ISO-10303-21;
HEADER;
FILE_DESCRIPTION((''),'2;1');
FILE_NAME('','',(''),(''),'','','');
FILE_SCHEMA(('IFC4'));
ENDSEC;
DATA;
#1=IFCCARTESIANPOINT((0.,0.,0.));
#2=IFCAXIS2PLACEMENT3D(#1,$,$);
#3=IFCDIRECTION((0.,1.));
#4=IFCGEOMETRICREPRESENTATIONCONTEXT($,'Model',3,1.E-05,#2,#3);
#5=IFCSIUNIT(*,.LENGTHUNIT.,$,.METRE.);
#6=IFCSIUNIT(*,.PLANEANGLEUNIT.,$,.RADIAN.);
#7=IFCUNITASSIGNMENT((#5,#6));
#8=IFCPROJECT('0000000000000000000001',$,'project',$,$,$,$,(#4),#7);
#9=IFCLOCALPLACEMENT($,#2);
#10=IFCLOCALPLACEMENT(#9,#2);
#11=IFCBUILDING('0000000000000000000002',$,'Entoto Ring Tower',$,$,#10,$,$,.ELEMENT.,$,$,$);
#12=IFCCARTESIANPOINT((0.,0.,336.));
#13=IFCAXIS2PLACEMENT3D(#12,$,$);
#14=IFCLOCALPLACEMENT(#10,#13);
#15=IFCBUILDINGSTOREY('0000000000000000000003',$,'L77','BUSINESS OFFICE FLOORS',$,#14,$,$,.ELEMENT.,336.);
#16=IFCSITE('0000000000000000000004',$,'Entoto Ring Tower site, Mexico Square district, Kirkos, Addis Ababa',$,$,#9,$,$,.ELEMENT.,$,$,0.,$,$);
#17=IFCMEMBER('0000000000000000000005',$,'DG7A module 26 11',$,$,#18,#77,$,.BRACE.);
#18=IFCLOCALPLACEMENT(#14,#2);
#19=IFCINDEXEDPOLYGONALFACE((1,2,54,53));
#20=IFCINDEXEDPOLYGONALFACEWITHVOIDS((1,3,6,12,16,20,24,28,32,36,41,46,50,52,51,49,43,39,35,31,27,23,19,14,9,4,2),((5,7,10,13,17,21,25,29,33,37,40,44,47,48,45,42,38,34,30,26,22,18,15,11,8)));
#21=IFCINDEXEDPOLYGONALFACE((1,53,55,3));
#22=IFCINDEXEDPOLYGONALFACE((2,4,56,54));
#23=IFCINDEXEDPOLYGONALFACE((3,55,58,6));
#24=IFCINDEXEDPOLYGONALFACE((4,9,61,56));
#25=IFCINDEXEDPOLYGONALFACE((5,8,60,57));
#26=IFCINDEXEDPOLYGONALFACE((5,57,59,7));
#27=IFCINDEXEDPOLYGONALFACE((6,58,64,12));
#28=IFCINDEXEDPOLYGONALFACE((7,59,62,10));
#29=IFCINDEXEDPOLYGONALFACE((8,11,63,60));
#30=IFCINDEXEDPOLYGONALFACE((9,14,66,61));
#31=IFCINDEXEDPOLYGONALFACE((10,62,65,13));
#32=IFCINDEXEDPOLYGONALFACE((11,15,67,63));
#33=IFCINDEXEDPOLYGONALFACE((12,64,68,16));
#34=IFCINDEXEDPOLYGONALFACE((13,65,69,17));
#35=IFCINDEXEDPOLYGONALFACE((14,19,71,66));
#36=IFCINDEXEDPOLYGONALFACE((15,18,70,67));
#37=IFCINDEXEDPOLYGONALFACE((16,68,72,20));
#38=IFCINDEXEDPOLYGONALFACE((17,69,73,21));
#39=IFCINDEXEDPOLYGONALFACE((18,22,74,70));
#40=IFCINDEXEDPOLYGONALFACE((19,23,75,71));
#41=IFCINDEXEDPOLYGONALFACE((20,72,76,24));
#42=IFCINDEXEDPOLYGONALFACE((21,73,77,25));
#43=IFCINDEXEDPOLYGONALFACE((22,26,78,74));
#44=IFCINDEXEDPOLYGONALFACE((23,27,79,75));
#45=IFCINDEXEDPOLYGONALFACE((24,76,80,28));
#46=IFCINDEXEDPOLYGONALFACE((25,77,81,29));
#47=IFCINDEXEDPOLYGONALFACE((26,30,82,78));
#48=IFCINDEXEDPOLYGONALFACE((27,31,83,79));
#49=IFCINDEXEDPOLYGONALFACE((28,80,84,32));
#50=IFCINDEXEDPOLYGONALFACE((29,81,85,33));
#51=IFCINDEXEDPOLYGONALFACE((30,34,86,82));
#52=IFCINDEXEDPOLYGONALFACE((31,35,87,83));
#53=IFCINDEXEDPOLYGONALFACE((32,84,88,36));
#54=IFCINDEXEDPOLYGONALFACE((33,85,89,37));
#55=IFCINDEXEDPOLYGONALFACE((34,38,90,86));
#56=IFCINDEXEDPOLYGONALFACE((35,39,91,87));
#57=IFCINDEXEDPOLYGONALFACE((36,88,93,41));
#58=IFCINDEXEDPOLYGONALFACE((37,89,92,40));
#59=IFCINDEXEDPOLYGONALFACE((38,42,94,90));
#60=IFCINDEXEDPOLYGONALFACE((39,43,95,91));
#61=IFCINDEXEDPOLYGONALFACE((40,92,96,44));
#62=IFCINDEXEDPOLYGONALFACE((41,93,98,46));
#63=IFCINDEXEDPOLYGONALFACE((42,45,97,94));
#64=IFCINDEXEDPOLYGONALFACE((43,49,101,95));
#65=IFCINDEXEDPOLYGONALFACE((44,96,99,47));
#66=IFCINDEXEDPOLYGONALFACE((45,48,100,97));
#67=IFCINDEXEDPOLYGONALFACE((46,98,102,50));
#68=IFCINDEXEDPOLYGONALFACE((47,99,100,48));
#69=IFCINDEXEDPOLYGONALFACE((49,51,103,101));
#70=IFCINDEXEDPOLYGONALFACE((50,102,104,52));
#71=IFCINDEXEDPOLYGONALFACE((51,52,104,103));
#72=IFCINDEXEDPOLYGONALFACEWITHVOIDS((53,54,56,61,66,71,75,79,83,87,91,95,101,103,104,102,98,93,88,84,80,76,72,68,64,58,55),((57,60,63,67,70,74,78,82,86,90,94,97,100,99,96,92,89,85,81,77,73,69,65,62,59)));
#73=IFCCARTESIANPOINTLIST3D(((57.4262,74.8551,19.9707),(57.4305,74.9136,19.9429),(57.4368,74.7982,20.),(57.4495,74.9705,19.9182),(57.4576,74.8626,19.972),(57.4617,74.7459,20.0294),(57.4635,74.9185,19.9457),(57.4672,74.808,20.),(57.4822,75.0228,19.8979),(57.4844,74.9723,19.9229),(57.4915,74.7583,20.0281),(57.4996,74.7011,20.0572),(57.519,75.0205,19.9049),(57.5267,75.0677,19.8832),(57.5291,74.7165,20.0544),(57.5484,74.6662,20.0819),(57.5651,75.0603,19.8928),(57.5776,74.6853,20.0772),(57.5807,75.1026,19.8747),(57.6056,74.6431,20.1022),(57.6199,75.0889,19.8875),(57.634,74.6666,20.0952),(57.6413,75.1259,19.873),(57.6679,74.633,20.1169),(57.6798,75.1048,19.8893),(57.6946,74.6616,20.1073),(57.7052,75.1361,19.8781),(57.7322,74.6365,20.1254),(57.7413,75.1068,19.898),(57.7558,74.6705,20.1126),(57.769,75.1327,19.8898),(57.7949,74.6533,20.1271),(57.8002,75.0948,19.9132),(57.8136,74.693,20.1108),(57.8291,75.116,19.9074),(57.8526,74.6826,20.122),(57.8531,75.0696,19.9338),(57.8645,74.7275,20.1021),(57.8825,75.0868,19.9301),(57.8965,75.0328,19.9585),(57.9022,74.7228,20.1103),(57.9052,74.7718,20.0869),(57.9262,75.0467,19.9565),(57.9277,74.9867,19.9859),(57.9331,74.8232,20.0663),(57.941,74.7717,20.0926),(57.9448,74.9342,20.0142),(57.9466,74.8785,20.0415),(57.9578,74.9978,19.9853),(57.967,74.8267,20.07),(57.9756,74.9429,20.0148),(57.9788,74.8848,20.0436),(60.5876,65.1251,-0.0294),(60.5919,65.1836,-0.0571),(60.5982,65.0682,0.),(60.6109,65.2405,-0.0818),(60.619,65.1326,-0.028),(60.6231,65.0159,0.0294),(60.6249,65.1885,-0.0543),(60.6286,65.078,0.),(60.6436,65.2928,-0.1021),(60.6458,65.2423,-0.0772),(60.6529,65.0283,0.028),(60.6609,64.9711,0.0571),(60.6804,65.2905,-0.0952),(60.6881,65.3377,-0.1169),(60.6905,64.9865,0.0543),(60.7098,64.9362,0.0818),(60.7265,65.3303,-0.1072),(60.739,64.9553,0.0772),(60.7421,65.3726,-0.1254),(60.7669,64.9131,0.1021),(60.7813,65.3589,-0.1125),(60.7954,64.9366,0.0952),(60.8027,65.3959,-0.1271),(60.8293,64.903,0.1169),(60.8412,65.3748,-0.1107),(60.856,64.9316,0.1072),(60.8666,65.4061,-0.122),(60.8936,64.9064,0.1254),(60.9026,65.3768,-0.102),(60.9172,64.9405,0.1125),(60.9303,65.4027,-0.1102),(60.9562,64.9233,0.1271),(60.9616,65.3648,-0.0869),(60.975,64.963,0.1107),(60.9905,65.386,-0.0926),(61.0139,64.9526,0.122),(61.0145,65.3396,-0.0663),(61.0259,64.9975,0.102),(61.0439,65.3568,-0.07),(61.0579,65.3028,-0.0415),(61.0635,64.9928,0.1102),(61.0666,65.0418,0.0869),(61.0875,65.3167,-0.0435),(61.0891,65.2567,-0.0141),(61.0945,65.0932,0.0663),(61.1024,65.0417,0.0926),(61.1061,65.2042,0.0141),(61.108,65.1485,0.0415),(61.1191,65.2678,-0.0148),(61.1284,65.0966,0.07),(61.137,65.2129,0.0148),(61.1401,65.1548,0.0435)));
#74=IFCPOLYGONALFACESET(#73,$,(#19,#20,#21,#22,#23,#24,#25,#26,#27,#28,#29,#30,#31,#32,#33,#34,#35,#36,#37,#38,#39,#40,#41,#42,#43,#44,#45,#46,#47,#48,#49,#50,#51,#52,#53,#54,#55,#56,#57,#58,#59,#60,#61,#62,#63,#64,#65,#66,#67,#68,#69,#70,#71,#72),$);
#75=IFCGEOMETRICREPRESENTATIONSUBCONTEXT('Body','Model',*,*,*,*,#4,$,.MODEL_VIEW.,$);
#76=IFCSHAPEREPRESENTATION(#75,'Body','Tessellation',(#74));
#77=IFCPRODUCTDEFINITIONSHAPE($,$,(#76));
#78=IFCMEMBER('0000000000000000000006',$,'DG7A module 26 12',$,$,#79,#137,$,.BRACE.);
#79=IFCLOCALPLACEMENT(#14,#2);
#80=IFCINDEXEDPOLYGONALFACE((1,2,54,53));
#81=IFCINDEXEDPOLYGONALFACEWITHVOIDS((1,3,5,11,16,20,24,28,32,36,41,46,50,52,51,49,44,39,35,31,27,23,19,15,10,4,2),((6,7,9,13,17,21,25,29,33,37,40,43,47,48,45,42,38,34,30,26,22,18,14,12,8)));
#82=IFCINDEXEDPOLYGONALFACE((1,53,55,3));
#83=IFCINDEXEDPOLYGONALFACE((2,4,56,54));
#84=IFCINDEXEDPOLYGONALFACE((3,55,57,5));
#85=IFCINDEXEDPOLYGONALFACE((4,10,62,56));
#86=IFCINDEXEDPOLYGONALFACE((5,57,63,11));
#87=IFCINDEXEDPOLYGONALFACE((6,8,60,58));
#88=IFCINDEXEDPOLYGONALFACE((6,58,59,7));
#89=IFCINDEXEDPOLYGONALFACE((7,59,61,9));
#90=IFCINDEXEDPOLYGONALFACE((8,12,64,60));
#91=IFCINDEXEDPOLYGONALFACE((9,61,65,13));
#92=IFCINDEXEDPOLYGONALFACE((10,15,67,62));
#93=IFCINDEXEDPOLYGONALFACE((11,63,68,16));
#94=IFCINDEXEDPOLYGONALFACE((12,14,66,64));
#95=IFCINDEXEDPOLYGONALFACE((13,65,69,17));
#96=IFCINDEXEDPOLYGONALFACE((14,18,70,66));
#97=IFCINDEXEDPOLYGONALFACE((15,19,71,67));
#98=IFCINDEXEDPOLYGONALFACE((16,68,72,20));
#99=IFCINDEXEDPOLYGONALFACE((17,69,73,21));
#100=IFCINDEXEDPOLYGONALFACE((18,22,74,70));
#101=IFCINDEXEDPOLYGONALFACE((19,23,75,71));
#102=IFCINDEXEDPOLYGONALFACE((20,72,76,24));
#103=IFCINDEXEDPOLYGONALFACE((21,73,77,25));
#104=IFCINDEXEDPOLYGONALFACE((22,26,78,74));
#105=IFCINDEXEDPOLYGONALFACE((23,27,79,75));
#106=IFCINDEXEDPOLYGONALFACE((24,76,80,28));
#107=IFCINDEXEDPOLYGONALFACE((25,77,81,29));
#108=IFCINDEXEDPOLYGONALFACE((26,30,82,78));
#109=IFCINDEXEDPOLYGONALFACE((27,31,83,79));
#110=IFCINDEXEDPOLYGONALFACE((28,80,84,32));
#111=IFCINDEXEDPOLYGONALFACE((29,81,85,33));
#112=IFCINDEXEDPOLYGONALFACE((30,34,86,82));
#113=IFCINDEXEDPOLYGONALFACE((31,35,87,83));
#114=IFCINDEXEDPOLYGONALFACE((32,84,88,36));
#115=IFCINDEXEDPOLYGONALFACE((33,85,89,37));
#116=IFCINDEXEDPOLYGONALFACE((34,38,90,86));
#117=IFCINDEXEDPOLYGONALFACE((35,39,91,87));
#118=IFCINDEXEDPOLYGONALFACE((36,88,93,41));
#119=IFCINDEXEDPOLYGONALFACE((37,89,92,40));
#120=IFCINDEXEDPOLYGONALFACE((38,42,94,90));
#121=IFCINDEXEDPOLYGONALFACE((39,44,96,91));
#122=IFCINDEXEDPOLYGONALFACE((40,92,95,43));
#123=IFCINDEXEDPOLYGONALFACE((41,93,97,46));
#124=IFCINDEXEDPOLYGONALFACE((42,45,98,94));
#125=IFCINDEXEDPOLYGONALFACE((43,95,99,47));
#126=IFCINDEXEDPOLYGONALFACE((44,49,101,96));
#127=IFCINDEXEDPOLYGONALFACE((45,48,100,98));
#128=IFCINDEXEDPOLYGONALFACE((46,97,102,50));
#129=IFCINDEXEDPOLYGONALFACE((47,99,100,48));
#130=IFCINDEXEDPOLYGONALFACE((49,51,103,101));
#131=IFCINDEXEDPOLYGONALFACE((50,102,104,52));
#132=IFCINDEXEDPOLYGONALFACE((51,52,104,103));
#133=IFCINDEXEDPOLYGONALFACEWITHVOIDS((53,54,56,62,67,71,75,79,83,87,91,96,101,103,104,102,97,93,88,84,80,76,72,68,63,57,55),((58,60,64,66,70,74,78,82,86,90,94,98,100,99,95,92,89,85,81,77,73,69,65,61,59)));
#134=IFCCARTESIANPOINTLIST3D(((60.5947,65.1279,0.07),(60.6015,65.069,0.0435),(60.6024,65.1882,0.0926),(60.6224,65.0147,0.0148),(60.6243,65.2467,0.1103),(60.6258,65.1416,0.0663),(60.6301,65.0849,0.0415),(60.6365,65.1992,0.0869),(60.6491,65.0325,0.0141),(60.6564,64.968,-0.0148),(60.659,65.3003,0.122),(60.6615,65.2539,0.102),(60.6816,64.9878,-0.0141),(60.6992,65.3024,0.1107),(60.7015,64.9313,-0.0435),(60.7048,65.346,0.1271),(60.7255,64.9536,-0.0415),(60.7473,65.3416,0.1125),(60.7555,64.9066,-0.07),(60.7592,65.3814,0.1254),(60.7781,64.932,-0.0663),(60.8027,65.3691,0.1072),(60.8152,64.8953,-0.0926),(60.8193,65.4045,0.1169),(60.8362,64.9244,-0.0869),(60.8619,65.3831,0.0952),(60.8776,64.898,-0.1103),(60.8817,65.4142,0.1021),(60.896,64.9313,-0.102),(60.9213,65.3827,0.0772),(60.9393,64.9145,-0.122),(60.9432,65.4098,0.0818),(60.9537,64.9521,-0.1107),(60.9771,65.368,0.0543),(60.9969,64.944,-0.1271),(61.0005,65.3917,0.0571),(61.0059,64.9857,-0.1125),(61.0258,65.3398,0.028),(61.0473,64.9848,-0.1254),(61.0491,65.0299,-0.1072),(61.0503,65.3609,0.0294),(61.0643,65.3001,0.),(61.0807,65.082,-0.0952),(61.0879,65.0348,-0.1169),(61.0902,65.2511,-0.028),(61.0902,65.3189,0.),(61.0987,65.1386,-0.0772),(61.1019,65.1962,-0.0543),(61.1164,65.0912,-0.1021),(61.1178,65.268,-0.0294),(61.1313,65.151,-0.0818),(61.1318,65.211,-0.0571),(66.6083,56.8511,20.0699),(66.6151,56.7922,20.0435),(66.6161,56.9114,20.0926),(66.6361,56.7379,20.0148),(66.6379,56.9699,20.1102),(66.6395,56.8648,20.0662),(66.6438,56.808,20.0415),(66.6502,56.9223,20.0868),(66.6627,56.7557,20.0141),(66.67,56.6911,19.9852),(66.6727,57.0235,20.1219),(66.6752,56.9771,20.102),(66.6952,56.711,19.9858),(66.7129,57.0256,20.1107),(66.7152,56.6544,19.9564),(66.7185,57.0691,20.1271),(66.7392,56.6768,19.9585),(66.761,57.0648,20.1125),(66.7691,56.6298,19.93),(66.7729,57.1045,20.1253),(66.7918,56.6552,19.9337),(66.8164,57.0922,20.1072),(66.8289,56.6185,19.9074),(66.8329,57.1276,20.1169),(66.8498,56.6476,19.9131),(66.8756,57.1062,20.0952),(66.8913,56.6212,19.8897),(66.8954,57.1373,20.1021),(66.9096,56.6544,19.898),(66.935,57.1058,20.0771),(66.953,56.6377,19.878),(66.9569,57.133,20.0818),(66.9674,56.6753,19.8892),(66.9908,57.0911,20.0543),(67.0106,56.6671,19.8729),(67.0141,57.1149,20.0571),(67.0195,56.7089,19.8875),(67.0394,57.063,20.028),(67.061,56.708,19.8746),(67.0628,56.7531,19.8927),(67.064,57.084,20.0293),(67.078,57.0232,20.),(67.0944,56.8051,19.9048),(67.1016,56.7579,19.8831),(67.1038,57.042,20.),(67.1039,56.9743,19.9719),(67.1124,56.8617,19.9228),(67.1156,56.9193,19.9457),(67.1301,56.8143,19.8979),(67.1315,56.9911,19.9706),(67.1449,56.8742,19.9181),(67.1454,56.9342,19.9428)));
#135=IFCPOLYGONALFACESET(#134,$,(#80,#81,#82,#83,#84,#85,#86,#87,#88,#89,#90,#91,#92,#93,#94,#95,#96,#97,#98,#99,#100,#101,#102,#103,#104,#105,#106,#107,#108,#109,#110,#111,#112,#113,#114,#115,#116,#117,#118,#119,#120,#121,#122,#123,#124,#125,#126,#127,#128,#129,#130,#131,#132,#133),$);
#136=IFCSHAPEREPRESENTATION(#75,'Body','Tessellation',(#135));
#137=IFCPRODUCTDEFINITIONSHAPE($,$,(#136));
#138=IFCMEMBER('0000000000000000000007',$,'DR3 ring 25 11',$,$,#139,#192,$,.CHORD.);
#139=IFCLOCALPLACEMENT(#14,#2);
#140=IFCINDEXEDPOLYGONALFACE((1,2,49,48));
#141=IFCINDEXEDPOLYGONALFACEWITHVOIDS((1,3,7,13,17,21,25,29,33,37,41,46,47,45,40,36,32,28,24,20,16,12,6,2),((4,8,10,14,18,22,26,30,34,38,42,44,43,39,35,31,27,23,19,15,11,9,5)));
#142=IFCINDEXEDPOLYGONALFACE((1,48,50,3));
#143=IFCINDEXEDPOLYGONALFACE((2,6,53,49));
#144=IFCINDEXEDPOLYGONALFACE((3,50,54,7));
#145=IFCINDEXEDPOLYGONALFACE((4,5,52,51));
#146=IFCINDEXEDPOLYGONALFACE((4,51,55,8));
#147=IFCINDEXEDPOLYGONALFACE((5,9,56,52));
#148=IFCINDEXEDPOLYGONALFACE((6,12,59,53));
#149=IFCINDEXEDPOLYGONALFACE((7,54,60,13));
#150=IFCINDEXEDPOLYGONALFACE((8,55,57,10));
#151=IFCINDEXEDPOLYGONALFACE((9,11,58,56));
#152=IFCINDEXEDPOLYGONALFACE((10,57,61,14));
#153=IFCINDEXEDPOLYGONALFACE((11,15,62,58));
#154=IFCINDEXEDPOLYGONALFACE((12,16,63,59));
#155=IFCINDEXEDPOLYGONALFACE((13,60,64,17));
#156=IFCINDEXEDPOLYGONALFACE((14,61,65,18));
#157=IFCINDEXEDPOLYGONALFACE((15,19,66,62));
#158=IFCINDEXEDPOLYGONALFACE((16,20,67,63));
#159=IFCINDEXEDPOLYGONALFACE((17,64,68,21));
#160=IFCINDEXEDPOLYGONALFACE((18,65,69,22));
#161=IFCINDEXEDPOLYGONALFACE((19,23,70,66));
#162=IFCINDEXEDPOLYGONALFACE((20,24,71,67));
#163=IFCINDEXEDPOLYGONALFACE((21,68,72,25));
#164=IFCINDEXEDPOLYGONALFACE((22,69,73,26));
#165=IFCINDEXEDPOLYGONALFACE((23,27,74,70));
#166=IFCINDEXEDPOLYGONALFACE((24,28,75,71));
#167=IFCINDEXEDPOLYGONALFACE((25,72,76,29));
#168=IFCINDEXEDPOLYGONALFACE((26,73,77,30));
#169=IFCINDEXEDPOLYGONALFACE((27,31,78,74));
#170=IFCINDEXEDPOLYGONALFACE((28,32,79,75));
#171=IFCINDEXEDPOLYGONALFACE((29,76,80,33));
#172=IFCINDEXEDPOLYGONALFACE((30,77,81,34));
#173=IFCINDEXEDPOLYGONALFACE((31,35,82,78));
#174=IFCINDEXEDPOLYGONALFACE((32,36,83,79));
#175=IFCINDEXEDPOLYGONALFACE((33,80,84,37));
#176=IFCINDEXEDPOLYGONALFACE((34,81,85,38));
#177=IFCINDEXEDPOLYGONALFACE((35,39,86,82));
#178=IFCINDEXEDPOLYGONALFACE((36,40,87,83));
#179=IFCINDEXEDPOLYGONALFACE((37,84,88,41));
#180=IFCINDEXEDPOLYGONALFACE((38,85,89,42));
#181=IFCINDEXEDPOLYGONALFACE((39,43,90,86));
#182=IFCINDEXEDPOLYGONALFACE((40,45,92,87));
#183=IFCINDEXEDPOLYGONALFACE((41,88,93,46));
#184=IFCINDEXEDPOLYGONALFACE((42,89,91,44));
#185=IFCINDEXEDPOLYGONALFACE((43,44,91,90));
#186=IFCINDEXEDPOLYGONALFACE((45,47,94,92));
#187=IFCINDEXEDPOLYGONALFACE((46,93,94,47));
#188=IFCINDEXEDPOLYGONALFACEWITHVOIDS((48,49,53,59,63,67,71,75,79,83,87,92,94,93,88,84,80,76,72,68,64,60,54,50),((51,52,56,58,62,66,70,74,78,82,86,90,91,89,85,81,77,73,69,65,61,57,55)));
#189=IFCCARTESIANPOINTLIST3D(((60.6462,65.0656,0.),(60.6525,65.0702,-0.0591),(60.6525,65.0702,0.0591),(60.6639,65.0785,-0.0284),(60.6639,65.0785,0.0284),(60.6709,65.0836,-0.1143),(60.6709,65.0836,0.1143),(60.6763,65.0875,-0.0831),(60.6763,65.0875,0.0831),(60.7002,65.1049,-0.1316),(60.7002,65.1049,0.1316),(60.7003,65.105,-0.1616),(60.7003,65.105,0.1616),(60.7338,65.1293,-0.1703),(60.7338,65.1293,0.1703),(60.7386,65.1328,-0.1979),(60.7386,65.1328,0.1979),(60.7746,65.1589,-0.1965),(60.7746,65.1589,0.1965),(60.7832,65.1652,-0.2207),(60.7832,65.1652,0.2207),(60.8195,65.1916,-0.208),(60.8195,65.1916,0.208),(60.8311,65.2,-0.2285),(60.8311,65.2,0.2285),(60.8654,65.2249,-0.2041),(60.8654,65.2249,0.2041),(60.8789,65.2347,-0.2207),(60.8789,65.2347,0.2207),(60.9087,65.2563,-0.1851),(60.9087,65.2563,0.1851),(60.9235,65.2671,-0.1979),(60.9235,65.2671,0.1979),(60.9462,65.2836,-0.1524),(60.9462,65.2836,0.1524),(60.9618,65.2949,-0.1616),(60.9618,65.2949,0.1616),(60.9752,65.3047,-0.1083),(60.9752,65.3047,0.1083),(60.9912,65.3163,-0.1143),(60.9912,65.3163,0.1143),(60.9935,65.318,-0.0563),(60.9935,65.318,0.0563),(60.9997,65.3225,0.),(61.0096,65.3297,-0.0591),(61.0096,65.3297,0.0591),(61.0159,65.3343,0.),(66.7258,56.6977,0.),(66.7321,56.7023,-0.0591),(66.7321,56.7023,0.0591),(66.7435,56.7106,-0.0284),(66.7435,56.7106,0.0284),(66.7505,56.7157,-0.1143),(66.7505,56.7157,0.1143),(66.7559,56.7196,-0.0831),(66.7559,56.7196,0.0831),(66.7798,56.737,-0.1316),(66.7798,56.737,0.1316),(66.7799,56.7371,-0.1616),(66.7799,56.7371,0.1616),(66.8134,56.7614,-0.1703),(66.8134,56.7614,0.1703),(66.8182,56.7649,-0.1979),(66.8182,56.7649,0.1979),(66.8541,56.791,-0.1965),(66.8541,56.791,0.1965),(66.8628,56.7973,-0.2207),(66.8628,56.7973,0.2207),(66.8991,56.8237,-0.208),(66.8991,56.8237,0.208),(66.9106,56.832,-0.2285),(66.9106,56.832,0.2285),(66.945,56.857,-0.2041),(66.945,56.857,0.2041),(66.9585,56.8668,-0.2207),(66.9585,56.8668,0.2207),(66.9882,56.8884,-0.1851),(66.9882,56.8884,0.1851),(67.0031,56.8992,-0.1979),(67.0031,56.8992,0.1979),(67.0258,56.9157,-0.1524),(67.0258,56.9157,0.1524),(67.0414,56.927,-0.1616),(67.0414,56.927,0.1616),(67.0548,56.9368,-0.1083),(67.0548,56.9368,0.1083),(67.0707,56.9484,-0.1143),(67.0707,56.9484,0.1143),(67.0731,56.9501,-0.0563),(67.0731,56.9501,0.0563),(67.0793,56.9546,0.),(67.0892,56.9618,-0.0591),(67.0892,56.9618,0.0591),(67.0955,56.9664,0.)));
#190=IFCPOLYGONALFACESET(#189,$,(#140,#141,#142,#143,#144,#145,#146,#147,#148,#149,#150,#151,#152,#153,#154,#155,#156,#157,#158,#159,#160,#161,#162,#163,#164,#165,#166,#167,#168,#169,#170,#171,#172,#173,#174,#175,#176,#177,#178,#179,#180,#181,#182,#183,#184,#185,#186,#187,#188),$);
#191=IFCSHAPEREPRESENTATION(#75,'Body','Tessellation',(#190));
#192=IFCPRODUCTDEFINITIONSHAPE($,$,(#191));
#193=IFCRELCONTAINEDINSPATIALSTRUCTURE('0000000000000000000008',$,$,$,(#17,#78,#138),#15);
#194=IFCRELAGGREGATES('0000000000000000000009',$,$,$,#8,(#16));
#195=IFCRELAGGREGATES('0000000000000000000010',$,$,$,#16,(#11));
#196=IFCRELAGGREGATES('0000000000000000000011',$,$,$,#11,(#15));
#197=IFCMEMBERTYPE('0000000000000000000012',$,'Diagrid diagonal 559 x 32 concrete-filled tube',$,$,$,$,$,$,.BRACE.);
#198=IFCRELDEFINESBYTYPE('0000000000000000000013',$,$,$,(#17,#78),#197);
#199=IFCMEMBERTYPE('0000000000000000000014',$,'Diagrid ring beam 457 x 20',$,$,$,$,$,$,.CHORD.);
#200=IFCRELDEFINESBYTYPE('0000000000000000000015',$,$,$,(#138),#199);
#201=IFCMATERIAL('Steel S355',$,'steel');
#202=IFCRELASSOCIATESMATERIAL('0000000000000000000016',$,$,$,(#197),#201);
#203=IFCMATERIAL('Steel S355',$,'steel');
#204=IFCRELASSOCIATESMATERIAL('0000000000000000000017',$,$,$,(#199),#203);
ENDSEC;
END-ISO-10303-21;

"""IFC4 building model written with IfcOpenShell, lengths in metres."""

from ifc_helpers import new_model, si_unit, direction, frame, origin, origin_2d, place, context, subcontext, project, spatial, circle, hollow_circle, extrude, material, material_profile, profile_set, type_object, element, save


model = new_model("IFC4")

# Units and contexts
model_context = context("Model", 3, precision=1e-05, world=origin(), true_north=direction((0.0, 1.0)))
body_context = subcontext(model_context, "Body", "Model", "MODEL_VIEW")
ifc_project = project(units=[si_unit("LENGTHUNIT", "METRE"), si_unit("PLANEANGLEUNIT", "RADIAN")], contexts=[model_context])

# Site, building, storey
site_placement = place(None, origin())
site = spatial("IfcSite", under=ifc_project, at=site_placement, Name="Entoto Ring Tower site, Mexico Square district, Kirkos, Addis Ababa", CompositionType="ELEMENT", RefElevation=0.0)
building_placement = place(site_placement, origin())
building = spatial("IfcBuilding", under=site, at=building_placement, Name="Entoto Ring Tower", CompositionType="ELEMENT")
storey_placement = place(building_placement, frame((0.0, 0.0, 336.0)))
storey = spatial("IfcBuildingStorey", under=building, at=storey_placement, Name="L77", Description="BUSINESS OFFICE FLOORS", CompositionType="ELEMENT", Elevation=336.0)

# Members
ifc_material_1 = material(Name="Steel S355", Category="steel")
ifc_material_profile_1 = material_profile(ifc_material_1, hollow_circle(Radius=0.2795, WallThickness=0.032, at=origin_2d()), Name="CHS 559 x 32")
ifc_material_2 = material(Name="Concrete C60/75", Category="concrete")
ifc_material_profile_2 = material_profile(ifc_material_2, circle(Radius=0.2476, at=origin_2d()), Name="Concrete C60/75 infill")
ifc_profile_set_1 = profile_set([ifc_material_profile_1, ifc_material_profile_2], Name="Steel S355")
member_type_1 = type_object("IfcMemberType", Name="Diagrid diagonal 559 x 32 concrete-filled tube", PredefinedType="BRACE", material=ifc_profile_set_1)
for number, where, z_axis, x_axis, name in (
    (1, (60.864, 65.1545, 0.0), (-0.140726, 0.433121, 0.890282), (-0.951059, -0.309009, 0.0), "DG7A module 26 11"),
    (2, (60.864, 65.1545, 0.0), (0.267692, -0.368435, 0.890279), (0.809008, 0.587797, 0.0), "DG7A module 26 12"),
):
    element("IfcMember", number, at=place(storey_placement, frame(where, z_axis=z_axis, x_axis=x_axis)), inside=storey, type_object=member_type_1, Name=name, PredefinedType="BRACE", context=body_context, shape_type="SweptSolid", body=[
        extrude(hollow_circle(Radius=0.2795, WallThickness=0.032, at=origin_2d()), origin(), (0.0, 0.0, 1.0), 22.4648),
    ])
ifc_material_3 = material(Name="Steel S355", Category="steel")
ifc_material_profile_3 = material_profile(ifc_material_3, hollow_circle(Radius=0.2285, WallThickness=0.02, at=origin_2d()), Name="CHS 457 x 20")
ifc_material_4 = material(Name="Concrete C60/75", Category="concrete")
ifc_material_profile_4 = material_profile(ifc_material_4, circle(Radius=0.2085, at=origin_2d()), Name="Concrete C60/75 infill")
ifc_profile_set_2 = profile_set([ifc_material_profile_3, ifc_material_profile_4], Name="Steel S355")
member_type_2 = type_object("IfcMemberType", Name="Diagrid ring beam 457 x 20", PredefinedType="CHORD", material=ifc_profile_set_2)
member_placement = place(storey_placement, frame((60.8311, 65.2, 0.0), z_axis=(0.587781, -0.80902, 0.0), x_axis=(0.80902, 0.587781, 0.0)))
element("IfcMember", 3, at=member_placement, inside=storey, type_object=member_type_2, Name="DR3 ring 25 11", PredefinedType="CHORD", context=body_context, shape_type="SweptSolid", body=[
    extrude(hollow_circle(Radius=0.2285, WallThickness=0.02, at=origin_2d()), origin(), (0.0, 0.0, 1.0), 10.3433),
])

save(model, "model.ifc")
